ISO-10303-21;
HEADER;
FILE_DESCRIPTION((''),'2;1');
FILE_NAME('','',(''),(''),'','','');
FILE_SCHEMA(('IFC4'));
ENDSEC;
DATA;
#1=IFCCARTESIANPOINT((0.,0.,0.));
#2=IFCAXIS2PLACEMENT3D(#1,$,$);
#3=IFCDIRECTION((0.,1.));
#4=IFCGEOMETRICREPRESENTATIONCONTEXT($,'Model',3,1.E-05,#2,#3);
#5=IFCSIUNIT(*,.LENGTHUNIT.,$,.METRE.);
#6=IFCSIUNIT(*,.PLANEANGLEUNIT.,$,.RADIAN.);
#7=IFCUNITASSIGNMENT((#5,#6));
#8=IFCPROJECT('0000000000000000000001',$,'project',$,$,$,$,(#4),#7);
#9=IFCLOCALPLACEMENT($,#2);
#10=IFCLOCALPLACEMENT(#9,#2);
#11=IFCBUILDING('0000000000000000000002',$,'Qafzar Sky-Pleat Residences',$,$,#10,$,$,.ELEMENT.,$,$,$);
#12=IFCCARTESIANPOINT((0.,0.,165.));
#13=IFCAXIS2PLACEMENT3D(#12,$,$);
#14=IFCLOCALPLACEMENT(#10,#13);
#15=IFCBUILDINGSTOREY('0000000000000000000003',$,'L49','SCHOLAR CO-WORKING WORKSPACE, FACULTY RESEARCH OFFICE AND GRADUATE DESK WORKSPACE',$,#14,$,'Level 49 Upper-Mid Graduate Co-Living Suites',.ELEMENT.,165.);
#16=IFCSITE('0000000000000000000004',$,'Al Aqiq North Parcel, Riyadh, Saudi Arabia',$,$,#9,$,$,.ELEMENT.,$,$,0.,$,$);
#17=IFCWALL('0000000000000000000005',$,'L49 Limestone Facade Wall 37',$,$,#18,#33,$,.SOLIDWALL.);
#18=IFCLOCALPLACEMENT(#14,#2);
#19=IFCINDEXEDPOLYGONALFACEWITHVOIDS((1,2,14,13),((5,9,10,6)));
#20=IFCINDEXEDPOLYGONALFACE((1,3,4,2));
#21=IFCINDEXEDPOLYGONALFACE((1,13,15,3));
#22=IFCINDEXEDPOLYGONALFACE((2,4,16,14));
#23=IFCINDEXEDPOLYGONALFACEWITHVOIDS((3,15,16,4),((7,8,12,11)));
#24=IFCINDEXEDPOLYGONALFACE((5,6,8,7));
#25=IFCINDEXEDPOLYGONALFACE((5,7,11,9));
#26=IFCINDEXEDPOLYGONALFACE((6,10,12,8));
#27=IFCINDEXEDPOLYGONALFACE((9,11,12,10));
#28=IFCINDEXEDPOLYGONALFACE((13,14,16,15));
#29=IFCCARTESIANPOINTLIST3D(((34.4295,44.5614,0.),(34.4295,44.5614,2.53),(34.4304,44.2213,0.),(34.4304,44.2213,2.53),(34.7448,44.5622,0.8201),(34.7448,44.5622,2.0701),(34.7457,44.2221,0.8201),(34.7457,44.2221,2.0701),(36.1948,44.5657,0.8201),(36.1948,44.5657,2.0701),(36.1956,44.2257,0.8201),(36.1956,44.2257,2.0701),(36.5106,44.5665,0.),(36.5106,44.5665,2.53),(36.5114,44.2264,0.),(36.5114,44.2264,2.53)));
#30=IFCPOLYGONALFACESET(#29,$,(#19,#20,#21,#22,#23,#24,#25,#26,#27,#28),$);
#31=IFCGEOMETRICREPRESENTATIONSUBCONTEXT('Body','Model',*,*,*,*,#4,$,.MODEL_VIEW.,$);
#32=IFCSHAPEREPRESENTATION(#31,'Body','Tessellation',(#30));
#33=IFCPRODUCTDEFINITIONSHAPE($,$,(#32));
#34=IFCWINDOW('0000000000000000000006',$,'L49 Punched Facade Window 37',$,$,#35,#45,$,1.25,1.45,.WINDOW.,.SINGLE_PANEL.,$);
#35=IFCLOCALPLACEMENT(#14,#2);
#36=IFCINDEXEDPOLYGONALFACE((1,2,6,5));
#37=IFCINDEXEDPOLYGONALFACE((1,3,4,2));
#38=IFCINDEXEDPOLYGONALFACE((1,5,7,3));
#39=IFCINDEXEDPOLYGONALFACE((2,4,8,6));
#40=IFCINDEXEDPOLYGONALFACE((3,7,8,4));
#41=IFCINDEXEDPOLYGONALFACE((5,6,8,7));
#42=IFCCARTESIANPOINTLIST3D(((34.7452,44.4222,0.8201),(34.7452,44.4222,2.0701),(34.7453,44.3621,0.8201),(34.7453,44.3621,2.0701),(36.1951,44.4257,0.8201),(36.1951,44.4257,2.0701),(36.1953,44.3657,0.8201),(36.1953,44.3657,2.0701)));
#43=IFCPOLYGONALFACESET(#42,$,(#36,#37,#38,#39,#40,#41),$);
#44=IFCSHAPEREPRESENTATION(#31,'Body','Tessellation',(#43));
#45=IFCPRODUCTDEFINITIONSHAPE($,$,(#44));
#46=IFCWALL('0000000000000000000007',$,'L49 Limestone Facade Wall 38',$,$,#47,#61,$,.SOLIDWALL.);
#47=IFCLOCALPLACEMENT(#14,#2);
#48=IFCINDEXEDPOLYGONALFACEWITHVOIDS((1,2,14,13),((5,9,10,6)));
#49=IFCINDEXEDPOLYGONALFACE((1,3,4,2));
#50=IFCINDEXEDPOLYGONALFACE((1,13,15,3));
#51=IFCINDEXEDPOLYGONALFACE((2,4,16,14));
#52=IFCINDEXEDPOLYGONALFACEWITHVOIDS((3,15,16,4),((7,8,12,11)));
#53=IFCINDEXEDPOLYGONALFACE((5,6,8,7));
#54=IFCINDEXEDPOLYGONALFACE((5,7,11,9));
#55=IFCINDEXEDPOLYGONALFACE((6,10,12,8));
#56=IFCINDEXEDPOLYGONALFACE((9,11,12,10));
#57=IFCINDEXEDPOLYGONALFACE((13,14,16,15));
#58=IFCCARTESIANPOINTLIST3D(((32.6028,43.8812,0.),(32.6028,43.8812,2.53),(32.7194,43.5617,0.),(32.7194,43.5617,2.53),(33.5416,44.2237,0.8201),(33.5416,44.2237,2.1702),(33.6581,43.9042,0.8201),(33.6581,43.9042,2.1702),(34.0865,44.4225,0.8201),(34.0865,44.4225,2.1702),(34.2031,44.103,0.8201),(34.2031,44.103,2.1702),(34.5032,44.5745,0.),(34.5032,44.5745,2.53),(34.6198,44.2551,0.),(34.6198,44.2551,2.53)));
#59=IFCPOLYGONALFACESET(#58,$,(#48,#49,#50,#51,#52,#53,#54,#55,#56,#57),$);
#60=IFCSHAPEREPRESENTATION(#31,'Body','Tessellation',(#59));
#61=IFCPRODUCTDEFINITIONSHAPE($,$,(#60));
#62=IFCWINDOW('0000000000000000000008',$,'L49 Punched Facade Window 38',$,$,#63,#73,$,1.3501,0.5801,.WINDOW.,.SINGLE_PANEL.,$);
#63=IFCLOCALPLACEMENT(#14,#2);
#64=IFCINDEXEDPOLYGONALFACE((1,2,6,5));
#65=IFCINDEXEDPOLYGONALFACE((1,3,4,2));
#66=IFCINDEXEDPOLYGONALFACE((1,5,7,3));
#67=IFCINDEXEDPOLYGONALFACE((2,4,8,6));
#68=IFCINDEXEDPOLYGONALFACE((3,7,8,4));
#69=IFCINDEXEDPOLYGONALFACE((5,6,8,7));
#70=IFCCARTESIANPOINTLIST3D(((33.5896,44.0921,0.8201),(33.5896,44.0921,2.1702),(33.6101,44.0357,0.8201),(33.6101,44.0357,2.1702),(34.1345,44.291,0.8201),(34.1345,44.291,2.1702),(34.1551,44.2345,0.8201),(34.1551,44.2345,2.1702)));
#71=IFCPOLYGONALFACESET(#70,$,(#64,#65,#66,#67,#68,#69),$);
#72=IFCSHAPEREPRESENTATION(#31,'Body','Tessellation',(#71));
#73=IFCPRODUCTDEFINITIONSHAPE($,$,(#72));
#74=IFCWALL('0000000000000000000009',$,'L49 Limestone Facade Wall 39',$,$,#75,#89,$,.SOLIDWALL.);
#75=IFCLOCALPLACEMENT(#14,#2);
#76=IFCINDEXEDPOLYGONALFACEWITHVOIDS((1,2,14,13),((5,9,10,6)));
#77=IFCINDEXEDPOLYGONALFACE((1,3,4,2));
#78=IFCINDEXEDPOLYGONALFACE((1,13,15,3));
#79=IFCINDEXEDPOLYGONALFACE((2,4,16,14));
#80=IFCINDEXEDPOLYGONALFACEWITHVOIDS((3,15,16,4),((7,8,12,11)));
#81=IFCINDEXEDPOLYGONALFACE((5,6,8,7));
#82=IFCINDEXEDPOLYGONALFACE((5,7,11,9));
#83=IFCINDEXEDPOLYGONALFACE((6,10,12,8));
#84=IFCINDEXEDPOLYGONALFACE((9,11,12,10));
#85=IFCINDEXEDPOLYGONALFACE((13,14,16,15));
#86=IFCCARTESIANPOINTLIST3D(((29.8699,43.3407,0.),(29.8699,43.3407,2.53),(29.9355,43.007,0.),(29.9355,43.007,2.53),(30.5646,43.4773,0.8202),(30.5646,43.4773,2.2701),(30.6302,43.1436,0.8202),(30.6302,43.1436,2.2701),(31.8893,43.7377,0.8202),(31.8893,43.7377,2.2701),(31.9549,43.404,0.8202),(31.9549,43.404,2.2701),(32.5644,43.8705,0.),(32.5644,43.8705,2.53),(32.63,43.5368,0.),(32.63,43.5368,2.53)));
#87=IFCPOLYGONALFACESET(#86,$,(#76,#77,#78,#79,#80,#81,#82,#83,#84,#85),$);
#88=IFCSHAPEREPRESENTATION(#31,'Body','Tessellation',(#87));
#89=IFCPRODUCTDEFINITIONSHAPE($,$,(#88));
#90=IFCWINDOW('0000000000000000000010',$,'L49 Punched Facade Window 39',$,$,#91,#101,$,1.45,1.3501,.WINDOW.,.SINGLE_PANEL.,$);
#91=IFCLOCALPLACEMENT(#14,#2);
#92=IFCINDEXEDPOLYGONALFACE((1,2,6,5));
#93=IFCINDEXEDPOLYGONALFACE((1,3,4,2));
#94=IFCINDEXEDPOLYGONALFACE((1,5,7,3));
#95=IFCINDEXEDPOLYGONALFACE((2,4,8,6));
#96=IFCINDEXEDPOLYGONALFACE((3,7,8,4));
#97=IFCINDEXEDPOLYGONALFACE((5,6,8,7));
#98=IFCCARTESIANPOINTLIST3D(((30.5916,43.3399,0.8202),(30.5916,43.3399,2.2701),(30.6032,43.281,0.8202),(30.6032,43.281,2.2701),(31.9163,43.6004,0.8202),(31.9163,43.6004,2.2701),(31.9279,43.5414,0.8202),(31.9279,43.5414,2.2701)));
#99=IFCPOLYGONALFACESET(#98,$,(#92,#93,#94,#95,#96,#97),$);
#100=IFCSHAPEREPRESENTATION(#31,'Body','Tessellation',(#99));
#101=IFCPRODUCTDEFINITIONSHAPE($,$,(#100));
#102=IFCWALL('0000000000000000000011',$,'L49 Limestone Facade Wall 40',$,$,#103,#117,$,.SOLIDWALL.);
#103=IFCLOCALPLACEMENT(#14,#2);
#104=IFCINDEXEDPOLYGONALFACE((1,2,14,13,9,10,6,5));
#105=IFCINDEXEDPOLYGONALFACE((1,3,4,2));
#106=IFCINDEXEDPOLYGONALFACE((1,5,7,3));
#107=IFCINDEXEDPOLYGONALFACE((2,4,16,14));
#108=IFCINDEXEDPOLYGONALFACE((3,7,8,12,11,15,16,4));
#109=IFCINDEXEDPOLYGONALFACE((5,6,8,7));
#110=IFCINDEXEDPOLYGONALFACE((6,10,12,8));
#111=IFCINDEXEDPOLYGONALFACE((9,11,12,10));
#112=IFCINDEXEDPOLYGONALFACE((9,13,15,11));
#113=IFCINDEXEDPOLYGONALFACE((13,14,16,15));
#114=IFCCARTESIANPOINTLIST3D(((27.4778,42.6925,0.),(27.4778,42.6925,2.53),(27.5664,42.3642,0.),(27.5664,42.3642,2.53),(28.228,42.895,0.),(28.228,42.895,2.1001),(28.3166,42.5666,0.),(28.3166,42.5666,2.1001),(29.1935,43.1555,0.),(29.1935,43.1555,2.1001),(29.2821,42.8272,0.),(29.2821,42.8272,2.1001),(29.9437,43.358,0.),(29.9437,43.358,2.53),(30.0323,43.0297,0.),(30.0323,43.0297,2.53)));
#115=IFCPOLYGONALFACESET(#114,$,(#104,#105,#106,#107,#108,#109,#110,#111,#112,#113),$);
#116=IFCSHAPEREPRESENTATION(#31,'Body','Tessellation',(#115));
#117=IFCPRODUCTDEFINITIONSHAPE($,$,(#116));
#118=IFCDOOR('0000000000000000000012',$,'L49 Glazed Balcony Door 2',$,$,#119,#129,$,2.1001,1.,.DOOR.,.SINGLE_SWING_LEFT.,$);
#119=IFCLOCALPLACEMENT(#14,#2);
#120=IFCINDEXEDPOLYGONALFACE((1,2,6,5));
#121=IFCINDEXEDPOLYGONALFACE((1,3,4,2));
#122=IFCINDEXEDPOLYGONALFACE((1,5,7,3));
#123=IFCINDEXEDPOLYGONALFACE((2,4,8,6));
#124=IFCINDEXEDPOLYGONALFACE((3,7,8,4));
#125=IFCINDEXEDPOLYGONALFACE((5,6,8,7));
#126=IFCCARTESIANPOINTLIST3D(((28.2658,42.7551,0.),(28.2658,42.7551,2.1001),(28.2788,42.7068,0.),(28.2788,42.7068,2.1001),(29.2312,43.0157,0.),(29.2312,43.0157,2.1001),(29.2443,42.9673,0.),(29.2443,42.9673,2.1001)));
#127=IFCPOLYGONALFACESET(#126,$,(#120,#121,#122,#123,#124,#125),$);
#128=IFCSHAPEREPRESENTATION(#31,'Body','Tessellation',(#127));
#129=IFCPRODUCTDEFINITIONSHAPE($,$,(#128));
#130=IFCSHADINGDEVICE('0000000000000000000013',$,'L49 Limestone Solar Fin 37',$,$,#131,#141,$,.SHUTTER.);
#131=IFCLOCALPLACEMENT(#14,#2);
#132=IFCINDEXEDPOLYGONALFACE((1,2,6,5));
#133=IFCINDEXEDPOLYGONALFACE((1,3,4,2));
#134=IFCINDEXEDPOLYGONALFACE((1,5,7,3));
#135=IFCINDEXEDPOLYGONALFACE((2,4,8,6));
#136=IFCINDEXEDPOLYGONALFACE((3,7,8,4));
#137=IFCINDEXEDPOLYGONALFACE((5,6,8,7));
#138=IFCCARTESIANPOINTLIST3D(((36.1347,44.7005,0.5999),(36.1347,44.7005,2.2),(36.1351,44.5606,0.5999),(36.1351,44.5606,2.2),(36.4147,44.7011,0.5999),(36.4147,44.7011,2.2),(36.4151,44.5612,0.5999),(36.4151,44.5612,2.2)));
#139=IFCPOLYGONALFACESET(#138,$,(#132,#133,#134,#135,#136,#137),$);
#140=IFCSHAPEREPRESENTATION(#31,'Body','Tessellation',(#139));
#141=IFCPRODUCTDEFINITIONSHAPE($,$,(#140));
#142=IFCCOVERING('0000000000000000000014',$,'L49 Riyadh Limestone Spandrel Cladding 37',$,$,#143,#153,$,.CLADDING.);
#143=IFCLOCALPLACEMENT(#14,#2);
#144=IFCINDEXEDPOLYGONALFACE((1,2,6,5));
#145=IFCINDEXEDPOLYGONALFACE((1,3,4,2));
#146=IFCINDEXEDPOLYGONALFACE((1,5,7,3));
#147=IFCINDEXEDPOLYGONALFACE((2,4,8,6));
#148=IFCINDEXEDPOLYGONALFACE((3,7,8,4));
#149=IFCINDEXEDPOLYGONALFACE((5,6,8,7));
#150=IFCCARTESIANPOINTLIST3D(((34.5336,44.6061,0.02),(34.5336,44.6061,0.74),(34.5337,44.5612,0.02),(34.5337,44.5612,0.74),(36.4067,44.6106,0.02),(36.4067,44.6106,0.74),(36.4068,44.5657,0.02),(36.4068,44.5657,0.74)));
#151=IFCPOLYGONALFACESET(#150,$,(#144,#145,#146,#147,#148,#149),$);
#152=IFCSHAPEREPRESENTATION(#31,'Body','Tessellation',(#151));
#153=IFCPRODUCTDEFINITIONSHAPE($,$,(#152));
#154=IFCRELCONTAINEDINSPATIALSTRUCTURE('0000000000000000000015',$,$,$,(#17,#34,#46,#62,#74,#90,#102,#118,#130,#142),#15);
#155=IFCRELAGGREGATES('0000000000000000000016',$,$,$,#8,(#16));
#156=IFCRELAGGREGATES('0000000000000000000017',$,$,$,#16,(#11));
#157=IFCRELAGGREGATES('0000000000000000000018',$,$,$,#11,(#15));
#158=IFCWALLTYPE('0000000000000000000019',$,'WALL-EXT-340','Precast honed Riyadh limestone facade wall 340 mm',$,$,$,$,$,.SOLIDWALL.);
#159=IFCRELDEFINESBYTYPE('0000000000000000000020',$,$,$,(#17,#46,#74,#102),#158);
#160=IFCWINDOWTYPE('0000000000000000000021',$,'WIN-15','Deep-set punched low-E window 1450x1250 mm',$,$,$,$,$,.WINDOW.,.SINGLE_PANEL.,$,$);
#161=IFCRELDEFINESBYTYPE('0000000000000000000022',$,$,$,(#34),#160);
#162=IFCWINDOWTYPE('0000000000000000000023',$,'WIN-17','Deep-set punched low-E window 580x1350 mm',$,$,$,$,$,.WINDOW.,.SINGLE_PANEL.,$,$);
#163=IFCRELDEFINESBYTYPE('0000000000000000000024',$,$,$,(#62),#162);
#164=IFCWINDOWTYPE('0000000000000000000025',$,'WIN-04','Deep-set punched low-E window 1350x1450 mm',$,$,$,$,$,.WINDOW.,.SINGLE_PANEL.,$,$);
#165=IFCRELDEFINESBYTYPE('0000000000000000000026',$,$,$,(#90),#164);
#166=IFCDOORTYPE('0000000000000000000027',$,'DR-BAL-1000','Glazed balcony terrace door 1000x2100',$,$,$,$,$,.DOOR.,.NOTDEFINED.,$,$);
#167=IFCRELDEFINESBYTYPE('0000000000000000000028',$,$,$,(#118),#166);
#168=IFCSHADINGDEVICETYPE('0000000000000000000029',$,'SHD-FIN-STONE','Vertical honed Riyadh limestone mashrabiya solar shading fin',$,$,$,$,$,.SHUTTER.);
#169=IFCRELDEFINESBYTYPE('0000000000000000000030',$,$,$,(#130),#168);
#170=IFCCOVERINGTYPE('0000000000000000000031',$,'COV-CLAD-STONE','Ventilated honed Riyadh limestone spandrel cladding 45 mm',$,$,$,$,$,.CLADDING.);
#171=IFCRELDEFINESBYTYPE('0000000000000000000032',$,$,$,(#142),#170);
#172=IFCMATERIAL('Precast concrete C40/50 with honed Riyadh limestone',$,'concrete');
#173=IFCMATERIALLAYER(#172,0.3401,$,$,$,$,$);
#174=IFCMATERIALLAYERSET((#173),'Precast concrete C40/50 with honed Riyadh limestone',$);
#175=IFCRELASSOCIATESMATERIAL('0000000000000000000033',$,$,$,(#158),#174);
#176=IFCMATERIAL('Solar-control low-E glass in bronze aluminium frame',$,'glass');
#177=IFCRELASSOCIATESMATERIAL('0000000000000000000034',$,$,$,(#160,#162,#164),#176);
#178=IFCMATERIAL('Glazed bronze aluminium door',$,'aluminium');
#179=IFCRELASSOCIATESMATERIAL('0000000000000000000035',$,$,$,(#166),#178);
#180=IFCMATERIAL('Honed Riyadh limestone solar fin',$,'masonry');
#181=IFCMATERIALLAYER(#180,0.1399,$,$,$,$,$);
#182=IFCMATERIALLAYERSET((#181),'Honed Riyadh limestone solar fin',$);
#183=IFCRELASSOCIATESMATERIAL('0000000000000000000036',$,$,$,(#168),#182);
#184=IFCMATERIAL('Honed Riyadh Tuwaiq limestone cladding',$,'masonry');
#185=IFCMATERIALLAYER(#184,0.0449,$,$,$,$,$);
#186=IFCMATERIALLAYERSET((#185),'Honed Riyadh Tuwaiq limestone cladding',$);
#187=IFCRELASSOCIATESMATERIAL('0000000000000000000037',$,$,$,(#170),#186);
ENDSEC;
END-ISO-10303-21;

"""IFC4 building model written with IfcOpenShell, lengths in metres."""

from ifc_helpers import new_model, si_unit, direction, frame, frame_2d, origin, origin_2d, place, context, subcontext, project, spatial, rectangle, extrude, source, transform, mapped, material, layer, layer_set, type_object, element, fill, save


model = new_model("IFC4")

# Units and contexts
model_context = context("Model", 3, precision=1e-05, world=origin(), true_north=direction((0.0, 1.0)))
body_context = subcontext(model_context, "Body", "Model", "MODEL_VIEW")
ifc_project = project(units=[si_unit("LENGTHUNIT", "METRE"), si_unit("PLANEANGLEUNIT", "RADIAN")], contexts=[model_context])

# Site, building, storey
site_placement = place(None, origin())
site = spatial("IfcSite", under=ifc_project, at=site_placement, Name="Al Aqiq North Parcel, Riyadh, Saudi Arabia", CompositionType="ELEMENT", RefElevation=0.0)
building_placement = place(site_placement, origin())
building = spatial("IfcBuilding", under=site, at=building_placement, Name="Qafzar Sky-Pleat Residences", CompositionType="ELEMENT")
storey_placement = place(building_placement, frame((0.0, 0.0, 165.0)))
storey = spatial("IfcBuildingStorey", under=building, at=storey_placement, Name="L49", Description="SCHOLAR CO-WORKING WORKSPACE, FACULTY RESEARCH OFFICE AND GRADUATE DESK WORKSPACE", LongName="Level 49 Upper-Mid Graduate Co-Living Suites", CompositionType="ELEMENT", Elevation=165.0)

# Walls, openings, windows
ifc_material_1 = material(Name="Precast concrete C40/50 with honed Riyadh limestone", Category="concrete")
ifc_layer_1 = layer(ifc_material_1, 0.3401)
ifc_layer_set_1 = layer_set([ifc_layer_1], Name="Precast concrete C40/50 with honed Riyadh limestone")
wall_type_1 = type_object("IfcWallType", Name="WALL-EXT-340", Description="Precast honed Riyadh limestone facade wall 340 mm", PredefinedType="SOLIDWALL", material=ifc_layer_set_1)
wall_1_placement = place(storey_placement, frame((36.511, 44.3965, 0.0), z_axis=(0.0, 0.0, 1.0), x_axis=(-0.999997, -0.002464, 0.0)))
wall_1 = element("IfcWall", 1, at=wall_1_placement, inside=storey, type_object=wall_type_1, Name="L49 Limestone Facade Wall 37", PredefinedType="SOLIDWALL", context=body_context, shape_type="SweptSolid", body=[
    extrude(rectangle(XDim=2.0811, YDim=0.3401, at=frame_2d((1.0405, 0.0))), origin(), (0.0, 0.0, 1.0), 2.53),
])
opening_1_placement = place(wall_1_placement, frame((0.3157, 0.0, 0.8201)))
opening_1 = element("IfcOpeningElement", 2, at=opening_1_placement, cuts=wall_1, PredefinedType="OPENING", context=body_context, shape_type="SweptSolid", body=[
    extrude(rectangle(XDim=1.45, YDim=1.25, at=frame_2d((0.7251, 0.625))), frame((0.0, 0.1802, 0.0), z_axis=(0.0, -1.0, 0.0), x_axis=(1.0, 0.0, 0.0)), (0.0, 0.0, 1.0), 0.3601),
])
ifc_material_2 = material(Name="Solar-control low-E glass in bronze aluminium frame", Category="glass")
window_type_1 = type_object("IfcWindowType", Name="WIN-15", Description="Deep-set punched low-E window 1450x1250 mm", PartitioningType="SINGLE_PANEL", PredefinedType="WINDOW", material=ifc_material_2)
shared_shape_1 = source(origin(), body_context, "Body", "SweptSolid", [
    extrude(rectangle(XDim=1.45, YDim=1.25, at=frame_2d((0.7251, 0.625))), frame((0.0, 0.03, 0.0), z_axis=(0.0, -1.0, 0.0), x_axis=(1.0, 0.0, 0.0)), (0.0, 0.0, 1.0), 0.0601),
])
window_1_placement = place(opening_1_placement, origin())
window_1 = element("IfcWindow", 3, at=window_1_placement, inside=storey, type_object=window_type_1, Name="L49 Punched Facade Window 37", OverallHeight=1.25, OverallWidth=1.45, PartitioningType="SINGLE_PANEL", PredefinedType="WINDOW", context=body_context, shape_type="MappedRepresentation", body=[
    mapped(shared_shape_1, transform((0.0, 0.0, 0.0), x_axis=(1.0, 0.0, 0.0), y_axis=(0.0, 1.0, 0.0), z_axis=(0.0, 0.0, 1.0), scale=1.0)),
])
fill(opening_1, window_1)
wall_2_placement = place(storey_placement, frame((34.5615, 44.4148, 0.0), z_axis=(0.0, 0.0, 1.0), x_axis=(-0.939426, -0.342751, 0.0)))
wall_2 = element("IfcWall", 4, at=wall_2_placement, inside=storey, type_object=wall_type_1, Name="L49 Limestone Facade Wall 38", PredefinedType="SOLIDWALL", context=body_context, shape_type="SweptSolid", body=[
    extrude(rectangle(XDim=2.0229, YDim=0.3401, at=frame_2d((1.0115, 0.0))), origin(), (0.0, 0.0, 1.0), 2.53),
])
opening_2_placement = place(wall_2_placement, frame((0.4436, 0.0, 0.8201)))
opening_2 = element("IfcOpeningElement", 5, at=opening_2_placement, cuts=wall_2, PredefinedType="OPENING", context=body_context, shape_type="SweptSolid", body=[
    extrude(rectangle(XDim=0.5801, YDim=1.3501, at=frame_2d((0.29, 0.675))), frame((0.0, 0.1802, 0.0), z_axis=(0.0, -1.0, 0.0), x_axis=(1.0, 0.0, 0.0)), (0.0, 0.0, 1.0), 0.3601),
])
window_type_2 = type_object("IfcWindowType", Name="WIN-17", Description="Deep-set punched low-E window 580x1350 mm", PartitioningType="SINGLE_PANEL", PredefinedType="WINDOW", material=ifc_material_2)
shared_shape_2 = source(origin(), body_context, "Body", "SweptSolid", [
    extrude(rectangle(XDim=0.5801, YDim=1.3501, at=frame_2d((0.29, 0.675))), frame((0.0, 0.03, 0.0), z_axis=(0.0, -1.0, 0.0), x_axis=(1.0, 0.0, 0.0)), (0.0, 0.0, 1.0), 0.0601),
])
window_2_placement = place(opening_2_placement, origin())
window_2 = element("IfcWindow", 6, at=window_2_placement, inside=storey, type_object=window_type_2, Name="L49 Punched Facade Window 38", OverallHeight=1.3501, OverallWidth=0.5801, PartitioningType="SINGLE_PANEL", PredefinedType="WINDOW", context=body_context, shape_type="MappedRepresentation", body=[
    mapped(shared_shape_2, transform((0.0, 0.0, 0.0), x_axis=(1.0, 0.0, 0.0), y_axis=(0.0, 1.0, 0.0), z_axis=(0.0, 0.0, 1.0), scale=1.0)),
])
fill(opening_2, window_2)
wall_3_placement = place(storey_placement, frame((32.5972, 43.7036, 0.0), z_axis=(0.0, 0.0, 1.0), x_axis=(-0.981215, -0.192918, 0.0)))
wall_3 = element("IfcWall", 7, at=wall_3_placement, inside=storey, type_object=wall_type_1, Name="L49 Limestone Facade Wall 39", PredefinedType="SOLIDWALL", context=body_context, shape_type="SweptSolid", body=[
    extrude(rectangle(XDim=2.7461, YDim=0.3401, at=frame_2d((1.373, 0.0))), origin(), (0.0, 0.0, 1.0), 2.53),
])
opening_3_placement = place(wall_3_placement, frame((0.688, 0.0, 0.8201)))
opening_3 = element("IfcOpeningElement", 8, at=opening_3_placement, cuts=wall_3, PredefinedType="OPENING", context=body_context, shape_type="SweptSolid", body=[
    extrude(rectangle(XDim=1.3501, YDim=1.45, at=frame_2d((0.675, 0.7251))), frame((0.0, 0.1802, 0.0), z_axis=(0.0, -1.0, 0.0), x_axis=(1.0, 0.0, 0.0)), (0.0, 0.0, 1.0), 0.3601),
])
window_type_3 = type_object("IfcWindowType", Name="WIN-04", Description="Deep-set punched low-E window 1350x1450 mm", PartitioningType="SINGLE_PANEL", PredefinedType="WINDOW", material=ifc_material_2)
shared_shape_3 = source(origin(), body_context, "Body", "SweptSolid", [
    extrude(rectangle(XDim=1.3501, YDim=1.45, at=frame_2d((0.675, 0.7251))), frame((0.0, 0.03, 0.0), z_axis=(0.0, -1.0, 0.0), x_axis=(1.0, 0.0, 0.0)), (0.0, 0.0, 1.0), 0.0601),
])
window_3_placement = place(opening_3_placement, origin())
window_3 = element("IfcWindow", 9, at=window_3_placement, inside=storey, type_object=window_type_3, Name="L49 Punched Facade Window 39", OverallHeight=1.45, OverallWidth=1.3501, PartitioningType="SINGLE_PANEL", PredefinedType="WINDOW", context=body_context, shape_type="MappedRepresentation", body=[
    mapped(shared_shape_3, transform((0.0, 0.0, 0.0), x_axis=(1.0, 0.0, 0.0), y_axis=(0.0, 1.0, 0.0), z_axis=(0.0, 0.0, 1.0), scale=1.0)),
])
fill(opening_3, window_3)

# Wall, opening, door
wall_4_placement = place(storey_placement, frame((29.988, 43.1938, 0.0), z_axis=(0.0, 0.0, 1.0), x_axis=(-0.96546, -0.260553, 0.0)))
wall_4 = element("IfcWall", 10, at=wall_4_placement, inside=storey, type_object=wall_type_1, Name="L49 Limestone Facade Wall 40", PredefinedType="SOLIDWALL", context=body_context, shape_type="SweptSolid", body=[
    extrude(rectangle(XDim=2.5542, YDim=0.3401, at=frame_2d((1.2771, 0.0))), origin(), (0.0, 0.0, 1.0), 2.53),
])
opening_4_placement = place(wall_4_placement, frame((0.7771, 0.0, 0.0)))
opening_4 = element("IfcOpeningElement", 11, at=opening_4_placement, cuts=wall_4, PredefinedType="OPENING", context=body_context, shape_type="SweptSolid", body=[
    extrude(rectangle(XDim=1.0, YDim=2.1001, at=frame_2d((0.5, 1.05))), frame((0.0, 0.1802, 0.0), z_axis=(0.0, -1.0, 0.0), x_axis=(1.0, 0.0, 0.0)), (0.0, 0.0, 1.0), 0.3601),
])
ifc_material_3 = material(Name="Glazed bronze aluminium door", Category="aluminium")
door_type_1 = type_object("IfcDoorType", Name="DR-BAL-1000", Description="Glazed balcony terrace door 1000x2100", OperationType="NOTDEFINED", PredefinedType="DOOR", material=ifc_material_3)
shared_shape_4 = source(origin(), body_context, "Body", "SweptSolid", [
    extrude(rectangle(XDim=1.0, YDim=2.1001, at=frame_2d((0.5, 1.05))), frame((0.0, 0.0249, 0.0), z_axis=(0.0, -1.0, 0.0), x_axis=(1.0, 0.0, 0.0)), (0.0, 0.0, 1.0), 0.05),
])
door_1_placement = place(opening_4_placement, origin())
door_1 = element("IfcDoor", 12, at=door_1_placement, inside=storey, type_object=door_type_1, Name="L49 Glazed Balcony Door 2", OperationType="SINGLE_SWING_LEFT", OverallHeight=2.1001, OverallWidth=1.0, PredefinedType="DOOR", context=body_context, shape_type="MappedRepresentation", body=[
    mapped(shared_shape_4, transform((0.0, 0.0, 0.0), x_axis=(1.0, 0.0, 0.0), y_axis=(0.0, 1.0, 0.0), z_axis=(0.0, 0.0, 1.0), scale=1.0)),
])
fill(opening_4, door_1)

# Shading device
ifc_material_4 = material(Name="Honed Riyadh limestone solar fin", Category="masonry")
ifc_layer_2 = layer(ifc_material_4, 0.1399)
ifc_layer_set_2 = layer_set([ifc_layer_2], Name="Honed Riyadh limestone solar fin")
shading_device_type = type_object("IfcShadingDeviceType", Name="SHD-FIN-STONE", Description="Vertical honed Riyadh limestone mashrabiya solar shading fin", PredefinedType="SHUTTER", material=ifc_layer_set_2)
shared_shape_5 = source(origin(), body_context, "Body", "SweptSolid", [
    extrude(rectangle(XDim=0.1399, YDim=0.28, at=origin_2d()), origin(), (0.0, 0.0, 1.0), 1.6001),
])
shading_device_placement = place(storey_placement, frame((36.2749, 44.6309, 0.5999), z_axis=(0.0, 0.0, 1.0), x_axis=(-0.002394, 0.999997, 0.0)))
element("IfcShadingDevice", 13, at=shading_device_placement, inside=storey, type_object=shading_device_type, Name="L49 Limestone Solar Fin 37", PredefinedType="SHUTTER", context=body_context, shape_type="MappedRepresentation", body=[
    mapped(shared_shape_5, transform((0.0, 0.0, 0.0), x_axis=(1.0, 0.0, 0.0), y_axis=(0.0, 1.0, 0.0), z_axis=(0.0, 0.0, 1.0), scale=1.0)),
])

# Covering
ifc_material_5 = material(Name="Honed Riyadh Tuwaiq limestone cladding", Category="masonry")
ifc_layer_3 = layer(ifc_material_5, 0.0449)
ifc_layer_set_3 = layer_set([ifc_layer_3], Name="Honed Riyadh Tuwaiq limestone cladding")
covering_type = type_object("IfcCoveringType", Name="COV-CLAD-STONE", Description="Ventilated honed Riyadh limestone spandrel cladding 45 mm", PredefinedType="CLADDING", material=ifc_layer_set_3)
shared_shape_6 = source(origin(), body_context, "Body", "SweptSolid", [
    extrude(rectangle(XDim=1.873, YDim=0.0449, at=origin_2d()), origin(), (0.0, 0.0, 1.0), 0.72),
])
covering_1_placement = place(storey_placement, frame((35.4702, 44.5859, 0.02), z_axis=(0.0, 0.0, 1.0), x_axis=(-0.999997, -0.002403, 0.0)))
element("IfcCovering", 14, at=covering_1_placement, inside=storey, type_object=covering_type, Name="L49 Riyadh Limestone Spandrel Cladding 37", PredefinedType="CLADDING", context=body_context, shape_type="MappedRepresentation", body=[
    mapped(shared_shape_6, transform((0.0, 0.0, 0.0), x_axis=(1.0, 0.0, 0.0), y_axis=(0.0, 1.0, 0.0), z_axis=(0.0, 0.0, 1.0), scale=1.0)),
])

save(model, "model.ifc")
